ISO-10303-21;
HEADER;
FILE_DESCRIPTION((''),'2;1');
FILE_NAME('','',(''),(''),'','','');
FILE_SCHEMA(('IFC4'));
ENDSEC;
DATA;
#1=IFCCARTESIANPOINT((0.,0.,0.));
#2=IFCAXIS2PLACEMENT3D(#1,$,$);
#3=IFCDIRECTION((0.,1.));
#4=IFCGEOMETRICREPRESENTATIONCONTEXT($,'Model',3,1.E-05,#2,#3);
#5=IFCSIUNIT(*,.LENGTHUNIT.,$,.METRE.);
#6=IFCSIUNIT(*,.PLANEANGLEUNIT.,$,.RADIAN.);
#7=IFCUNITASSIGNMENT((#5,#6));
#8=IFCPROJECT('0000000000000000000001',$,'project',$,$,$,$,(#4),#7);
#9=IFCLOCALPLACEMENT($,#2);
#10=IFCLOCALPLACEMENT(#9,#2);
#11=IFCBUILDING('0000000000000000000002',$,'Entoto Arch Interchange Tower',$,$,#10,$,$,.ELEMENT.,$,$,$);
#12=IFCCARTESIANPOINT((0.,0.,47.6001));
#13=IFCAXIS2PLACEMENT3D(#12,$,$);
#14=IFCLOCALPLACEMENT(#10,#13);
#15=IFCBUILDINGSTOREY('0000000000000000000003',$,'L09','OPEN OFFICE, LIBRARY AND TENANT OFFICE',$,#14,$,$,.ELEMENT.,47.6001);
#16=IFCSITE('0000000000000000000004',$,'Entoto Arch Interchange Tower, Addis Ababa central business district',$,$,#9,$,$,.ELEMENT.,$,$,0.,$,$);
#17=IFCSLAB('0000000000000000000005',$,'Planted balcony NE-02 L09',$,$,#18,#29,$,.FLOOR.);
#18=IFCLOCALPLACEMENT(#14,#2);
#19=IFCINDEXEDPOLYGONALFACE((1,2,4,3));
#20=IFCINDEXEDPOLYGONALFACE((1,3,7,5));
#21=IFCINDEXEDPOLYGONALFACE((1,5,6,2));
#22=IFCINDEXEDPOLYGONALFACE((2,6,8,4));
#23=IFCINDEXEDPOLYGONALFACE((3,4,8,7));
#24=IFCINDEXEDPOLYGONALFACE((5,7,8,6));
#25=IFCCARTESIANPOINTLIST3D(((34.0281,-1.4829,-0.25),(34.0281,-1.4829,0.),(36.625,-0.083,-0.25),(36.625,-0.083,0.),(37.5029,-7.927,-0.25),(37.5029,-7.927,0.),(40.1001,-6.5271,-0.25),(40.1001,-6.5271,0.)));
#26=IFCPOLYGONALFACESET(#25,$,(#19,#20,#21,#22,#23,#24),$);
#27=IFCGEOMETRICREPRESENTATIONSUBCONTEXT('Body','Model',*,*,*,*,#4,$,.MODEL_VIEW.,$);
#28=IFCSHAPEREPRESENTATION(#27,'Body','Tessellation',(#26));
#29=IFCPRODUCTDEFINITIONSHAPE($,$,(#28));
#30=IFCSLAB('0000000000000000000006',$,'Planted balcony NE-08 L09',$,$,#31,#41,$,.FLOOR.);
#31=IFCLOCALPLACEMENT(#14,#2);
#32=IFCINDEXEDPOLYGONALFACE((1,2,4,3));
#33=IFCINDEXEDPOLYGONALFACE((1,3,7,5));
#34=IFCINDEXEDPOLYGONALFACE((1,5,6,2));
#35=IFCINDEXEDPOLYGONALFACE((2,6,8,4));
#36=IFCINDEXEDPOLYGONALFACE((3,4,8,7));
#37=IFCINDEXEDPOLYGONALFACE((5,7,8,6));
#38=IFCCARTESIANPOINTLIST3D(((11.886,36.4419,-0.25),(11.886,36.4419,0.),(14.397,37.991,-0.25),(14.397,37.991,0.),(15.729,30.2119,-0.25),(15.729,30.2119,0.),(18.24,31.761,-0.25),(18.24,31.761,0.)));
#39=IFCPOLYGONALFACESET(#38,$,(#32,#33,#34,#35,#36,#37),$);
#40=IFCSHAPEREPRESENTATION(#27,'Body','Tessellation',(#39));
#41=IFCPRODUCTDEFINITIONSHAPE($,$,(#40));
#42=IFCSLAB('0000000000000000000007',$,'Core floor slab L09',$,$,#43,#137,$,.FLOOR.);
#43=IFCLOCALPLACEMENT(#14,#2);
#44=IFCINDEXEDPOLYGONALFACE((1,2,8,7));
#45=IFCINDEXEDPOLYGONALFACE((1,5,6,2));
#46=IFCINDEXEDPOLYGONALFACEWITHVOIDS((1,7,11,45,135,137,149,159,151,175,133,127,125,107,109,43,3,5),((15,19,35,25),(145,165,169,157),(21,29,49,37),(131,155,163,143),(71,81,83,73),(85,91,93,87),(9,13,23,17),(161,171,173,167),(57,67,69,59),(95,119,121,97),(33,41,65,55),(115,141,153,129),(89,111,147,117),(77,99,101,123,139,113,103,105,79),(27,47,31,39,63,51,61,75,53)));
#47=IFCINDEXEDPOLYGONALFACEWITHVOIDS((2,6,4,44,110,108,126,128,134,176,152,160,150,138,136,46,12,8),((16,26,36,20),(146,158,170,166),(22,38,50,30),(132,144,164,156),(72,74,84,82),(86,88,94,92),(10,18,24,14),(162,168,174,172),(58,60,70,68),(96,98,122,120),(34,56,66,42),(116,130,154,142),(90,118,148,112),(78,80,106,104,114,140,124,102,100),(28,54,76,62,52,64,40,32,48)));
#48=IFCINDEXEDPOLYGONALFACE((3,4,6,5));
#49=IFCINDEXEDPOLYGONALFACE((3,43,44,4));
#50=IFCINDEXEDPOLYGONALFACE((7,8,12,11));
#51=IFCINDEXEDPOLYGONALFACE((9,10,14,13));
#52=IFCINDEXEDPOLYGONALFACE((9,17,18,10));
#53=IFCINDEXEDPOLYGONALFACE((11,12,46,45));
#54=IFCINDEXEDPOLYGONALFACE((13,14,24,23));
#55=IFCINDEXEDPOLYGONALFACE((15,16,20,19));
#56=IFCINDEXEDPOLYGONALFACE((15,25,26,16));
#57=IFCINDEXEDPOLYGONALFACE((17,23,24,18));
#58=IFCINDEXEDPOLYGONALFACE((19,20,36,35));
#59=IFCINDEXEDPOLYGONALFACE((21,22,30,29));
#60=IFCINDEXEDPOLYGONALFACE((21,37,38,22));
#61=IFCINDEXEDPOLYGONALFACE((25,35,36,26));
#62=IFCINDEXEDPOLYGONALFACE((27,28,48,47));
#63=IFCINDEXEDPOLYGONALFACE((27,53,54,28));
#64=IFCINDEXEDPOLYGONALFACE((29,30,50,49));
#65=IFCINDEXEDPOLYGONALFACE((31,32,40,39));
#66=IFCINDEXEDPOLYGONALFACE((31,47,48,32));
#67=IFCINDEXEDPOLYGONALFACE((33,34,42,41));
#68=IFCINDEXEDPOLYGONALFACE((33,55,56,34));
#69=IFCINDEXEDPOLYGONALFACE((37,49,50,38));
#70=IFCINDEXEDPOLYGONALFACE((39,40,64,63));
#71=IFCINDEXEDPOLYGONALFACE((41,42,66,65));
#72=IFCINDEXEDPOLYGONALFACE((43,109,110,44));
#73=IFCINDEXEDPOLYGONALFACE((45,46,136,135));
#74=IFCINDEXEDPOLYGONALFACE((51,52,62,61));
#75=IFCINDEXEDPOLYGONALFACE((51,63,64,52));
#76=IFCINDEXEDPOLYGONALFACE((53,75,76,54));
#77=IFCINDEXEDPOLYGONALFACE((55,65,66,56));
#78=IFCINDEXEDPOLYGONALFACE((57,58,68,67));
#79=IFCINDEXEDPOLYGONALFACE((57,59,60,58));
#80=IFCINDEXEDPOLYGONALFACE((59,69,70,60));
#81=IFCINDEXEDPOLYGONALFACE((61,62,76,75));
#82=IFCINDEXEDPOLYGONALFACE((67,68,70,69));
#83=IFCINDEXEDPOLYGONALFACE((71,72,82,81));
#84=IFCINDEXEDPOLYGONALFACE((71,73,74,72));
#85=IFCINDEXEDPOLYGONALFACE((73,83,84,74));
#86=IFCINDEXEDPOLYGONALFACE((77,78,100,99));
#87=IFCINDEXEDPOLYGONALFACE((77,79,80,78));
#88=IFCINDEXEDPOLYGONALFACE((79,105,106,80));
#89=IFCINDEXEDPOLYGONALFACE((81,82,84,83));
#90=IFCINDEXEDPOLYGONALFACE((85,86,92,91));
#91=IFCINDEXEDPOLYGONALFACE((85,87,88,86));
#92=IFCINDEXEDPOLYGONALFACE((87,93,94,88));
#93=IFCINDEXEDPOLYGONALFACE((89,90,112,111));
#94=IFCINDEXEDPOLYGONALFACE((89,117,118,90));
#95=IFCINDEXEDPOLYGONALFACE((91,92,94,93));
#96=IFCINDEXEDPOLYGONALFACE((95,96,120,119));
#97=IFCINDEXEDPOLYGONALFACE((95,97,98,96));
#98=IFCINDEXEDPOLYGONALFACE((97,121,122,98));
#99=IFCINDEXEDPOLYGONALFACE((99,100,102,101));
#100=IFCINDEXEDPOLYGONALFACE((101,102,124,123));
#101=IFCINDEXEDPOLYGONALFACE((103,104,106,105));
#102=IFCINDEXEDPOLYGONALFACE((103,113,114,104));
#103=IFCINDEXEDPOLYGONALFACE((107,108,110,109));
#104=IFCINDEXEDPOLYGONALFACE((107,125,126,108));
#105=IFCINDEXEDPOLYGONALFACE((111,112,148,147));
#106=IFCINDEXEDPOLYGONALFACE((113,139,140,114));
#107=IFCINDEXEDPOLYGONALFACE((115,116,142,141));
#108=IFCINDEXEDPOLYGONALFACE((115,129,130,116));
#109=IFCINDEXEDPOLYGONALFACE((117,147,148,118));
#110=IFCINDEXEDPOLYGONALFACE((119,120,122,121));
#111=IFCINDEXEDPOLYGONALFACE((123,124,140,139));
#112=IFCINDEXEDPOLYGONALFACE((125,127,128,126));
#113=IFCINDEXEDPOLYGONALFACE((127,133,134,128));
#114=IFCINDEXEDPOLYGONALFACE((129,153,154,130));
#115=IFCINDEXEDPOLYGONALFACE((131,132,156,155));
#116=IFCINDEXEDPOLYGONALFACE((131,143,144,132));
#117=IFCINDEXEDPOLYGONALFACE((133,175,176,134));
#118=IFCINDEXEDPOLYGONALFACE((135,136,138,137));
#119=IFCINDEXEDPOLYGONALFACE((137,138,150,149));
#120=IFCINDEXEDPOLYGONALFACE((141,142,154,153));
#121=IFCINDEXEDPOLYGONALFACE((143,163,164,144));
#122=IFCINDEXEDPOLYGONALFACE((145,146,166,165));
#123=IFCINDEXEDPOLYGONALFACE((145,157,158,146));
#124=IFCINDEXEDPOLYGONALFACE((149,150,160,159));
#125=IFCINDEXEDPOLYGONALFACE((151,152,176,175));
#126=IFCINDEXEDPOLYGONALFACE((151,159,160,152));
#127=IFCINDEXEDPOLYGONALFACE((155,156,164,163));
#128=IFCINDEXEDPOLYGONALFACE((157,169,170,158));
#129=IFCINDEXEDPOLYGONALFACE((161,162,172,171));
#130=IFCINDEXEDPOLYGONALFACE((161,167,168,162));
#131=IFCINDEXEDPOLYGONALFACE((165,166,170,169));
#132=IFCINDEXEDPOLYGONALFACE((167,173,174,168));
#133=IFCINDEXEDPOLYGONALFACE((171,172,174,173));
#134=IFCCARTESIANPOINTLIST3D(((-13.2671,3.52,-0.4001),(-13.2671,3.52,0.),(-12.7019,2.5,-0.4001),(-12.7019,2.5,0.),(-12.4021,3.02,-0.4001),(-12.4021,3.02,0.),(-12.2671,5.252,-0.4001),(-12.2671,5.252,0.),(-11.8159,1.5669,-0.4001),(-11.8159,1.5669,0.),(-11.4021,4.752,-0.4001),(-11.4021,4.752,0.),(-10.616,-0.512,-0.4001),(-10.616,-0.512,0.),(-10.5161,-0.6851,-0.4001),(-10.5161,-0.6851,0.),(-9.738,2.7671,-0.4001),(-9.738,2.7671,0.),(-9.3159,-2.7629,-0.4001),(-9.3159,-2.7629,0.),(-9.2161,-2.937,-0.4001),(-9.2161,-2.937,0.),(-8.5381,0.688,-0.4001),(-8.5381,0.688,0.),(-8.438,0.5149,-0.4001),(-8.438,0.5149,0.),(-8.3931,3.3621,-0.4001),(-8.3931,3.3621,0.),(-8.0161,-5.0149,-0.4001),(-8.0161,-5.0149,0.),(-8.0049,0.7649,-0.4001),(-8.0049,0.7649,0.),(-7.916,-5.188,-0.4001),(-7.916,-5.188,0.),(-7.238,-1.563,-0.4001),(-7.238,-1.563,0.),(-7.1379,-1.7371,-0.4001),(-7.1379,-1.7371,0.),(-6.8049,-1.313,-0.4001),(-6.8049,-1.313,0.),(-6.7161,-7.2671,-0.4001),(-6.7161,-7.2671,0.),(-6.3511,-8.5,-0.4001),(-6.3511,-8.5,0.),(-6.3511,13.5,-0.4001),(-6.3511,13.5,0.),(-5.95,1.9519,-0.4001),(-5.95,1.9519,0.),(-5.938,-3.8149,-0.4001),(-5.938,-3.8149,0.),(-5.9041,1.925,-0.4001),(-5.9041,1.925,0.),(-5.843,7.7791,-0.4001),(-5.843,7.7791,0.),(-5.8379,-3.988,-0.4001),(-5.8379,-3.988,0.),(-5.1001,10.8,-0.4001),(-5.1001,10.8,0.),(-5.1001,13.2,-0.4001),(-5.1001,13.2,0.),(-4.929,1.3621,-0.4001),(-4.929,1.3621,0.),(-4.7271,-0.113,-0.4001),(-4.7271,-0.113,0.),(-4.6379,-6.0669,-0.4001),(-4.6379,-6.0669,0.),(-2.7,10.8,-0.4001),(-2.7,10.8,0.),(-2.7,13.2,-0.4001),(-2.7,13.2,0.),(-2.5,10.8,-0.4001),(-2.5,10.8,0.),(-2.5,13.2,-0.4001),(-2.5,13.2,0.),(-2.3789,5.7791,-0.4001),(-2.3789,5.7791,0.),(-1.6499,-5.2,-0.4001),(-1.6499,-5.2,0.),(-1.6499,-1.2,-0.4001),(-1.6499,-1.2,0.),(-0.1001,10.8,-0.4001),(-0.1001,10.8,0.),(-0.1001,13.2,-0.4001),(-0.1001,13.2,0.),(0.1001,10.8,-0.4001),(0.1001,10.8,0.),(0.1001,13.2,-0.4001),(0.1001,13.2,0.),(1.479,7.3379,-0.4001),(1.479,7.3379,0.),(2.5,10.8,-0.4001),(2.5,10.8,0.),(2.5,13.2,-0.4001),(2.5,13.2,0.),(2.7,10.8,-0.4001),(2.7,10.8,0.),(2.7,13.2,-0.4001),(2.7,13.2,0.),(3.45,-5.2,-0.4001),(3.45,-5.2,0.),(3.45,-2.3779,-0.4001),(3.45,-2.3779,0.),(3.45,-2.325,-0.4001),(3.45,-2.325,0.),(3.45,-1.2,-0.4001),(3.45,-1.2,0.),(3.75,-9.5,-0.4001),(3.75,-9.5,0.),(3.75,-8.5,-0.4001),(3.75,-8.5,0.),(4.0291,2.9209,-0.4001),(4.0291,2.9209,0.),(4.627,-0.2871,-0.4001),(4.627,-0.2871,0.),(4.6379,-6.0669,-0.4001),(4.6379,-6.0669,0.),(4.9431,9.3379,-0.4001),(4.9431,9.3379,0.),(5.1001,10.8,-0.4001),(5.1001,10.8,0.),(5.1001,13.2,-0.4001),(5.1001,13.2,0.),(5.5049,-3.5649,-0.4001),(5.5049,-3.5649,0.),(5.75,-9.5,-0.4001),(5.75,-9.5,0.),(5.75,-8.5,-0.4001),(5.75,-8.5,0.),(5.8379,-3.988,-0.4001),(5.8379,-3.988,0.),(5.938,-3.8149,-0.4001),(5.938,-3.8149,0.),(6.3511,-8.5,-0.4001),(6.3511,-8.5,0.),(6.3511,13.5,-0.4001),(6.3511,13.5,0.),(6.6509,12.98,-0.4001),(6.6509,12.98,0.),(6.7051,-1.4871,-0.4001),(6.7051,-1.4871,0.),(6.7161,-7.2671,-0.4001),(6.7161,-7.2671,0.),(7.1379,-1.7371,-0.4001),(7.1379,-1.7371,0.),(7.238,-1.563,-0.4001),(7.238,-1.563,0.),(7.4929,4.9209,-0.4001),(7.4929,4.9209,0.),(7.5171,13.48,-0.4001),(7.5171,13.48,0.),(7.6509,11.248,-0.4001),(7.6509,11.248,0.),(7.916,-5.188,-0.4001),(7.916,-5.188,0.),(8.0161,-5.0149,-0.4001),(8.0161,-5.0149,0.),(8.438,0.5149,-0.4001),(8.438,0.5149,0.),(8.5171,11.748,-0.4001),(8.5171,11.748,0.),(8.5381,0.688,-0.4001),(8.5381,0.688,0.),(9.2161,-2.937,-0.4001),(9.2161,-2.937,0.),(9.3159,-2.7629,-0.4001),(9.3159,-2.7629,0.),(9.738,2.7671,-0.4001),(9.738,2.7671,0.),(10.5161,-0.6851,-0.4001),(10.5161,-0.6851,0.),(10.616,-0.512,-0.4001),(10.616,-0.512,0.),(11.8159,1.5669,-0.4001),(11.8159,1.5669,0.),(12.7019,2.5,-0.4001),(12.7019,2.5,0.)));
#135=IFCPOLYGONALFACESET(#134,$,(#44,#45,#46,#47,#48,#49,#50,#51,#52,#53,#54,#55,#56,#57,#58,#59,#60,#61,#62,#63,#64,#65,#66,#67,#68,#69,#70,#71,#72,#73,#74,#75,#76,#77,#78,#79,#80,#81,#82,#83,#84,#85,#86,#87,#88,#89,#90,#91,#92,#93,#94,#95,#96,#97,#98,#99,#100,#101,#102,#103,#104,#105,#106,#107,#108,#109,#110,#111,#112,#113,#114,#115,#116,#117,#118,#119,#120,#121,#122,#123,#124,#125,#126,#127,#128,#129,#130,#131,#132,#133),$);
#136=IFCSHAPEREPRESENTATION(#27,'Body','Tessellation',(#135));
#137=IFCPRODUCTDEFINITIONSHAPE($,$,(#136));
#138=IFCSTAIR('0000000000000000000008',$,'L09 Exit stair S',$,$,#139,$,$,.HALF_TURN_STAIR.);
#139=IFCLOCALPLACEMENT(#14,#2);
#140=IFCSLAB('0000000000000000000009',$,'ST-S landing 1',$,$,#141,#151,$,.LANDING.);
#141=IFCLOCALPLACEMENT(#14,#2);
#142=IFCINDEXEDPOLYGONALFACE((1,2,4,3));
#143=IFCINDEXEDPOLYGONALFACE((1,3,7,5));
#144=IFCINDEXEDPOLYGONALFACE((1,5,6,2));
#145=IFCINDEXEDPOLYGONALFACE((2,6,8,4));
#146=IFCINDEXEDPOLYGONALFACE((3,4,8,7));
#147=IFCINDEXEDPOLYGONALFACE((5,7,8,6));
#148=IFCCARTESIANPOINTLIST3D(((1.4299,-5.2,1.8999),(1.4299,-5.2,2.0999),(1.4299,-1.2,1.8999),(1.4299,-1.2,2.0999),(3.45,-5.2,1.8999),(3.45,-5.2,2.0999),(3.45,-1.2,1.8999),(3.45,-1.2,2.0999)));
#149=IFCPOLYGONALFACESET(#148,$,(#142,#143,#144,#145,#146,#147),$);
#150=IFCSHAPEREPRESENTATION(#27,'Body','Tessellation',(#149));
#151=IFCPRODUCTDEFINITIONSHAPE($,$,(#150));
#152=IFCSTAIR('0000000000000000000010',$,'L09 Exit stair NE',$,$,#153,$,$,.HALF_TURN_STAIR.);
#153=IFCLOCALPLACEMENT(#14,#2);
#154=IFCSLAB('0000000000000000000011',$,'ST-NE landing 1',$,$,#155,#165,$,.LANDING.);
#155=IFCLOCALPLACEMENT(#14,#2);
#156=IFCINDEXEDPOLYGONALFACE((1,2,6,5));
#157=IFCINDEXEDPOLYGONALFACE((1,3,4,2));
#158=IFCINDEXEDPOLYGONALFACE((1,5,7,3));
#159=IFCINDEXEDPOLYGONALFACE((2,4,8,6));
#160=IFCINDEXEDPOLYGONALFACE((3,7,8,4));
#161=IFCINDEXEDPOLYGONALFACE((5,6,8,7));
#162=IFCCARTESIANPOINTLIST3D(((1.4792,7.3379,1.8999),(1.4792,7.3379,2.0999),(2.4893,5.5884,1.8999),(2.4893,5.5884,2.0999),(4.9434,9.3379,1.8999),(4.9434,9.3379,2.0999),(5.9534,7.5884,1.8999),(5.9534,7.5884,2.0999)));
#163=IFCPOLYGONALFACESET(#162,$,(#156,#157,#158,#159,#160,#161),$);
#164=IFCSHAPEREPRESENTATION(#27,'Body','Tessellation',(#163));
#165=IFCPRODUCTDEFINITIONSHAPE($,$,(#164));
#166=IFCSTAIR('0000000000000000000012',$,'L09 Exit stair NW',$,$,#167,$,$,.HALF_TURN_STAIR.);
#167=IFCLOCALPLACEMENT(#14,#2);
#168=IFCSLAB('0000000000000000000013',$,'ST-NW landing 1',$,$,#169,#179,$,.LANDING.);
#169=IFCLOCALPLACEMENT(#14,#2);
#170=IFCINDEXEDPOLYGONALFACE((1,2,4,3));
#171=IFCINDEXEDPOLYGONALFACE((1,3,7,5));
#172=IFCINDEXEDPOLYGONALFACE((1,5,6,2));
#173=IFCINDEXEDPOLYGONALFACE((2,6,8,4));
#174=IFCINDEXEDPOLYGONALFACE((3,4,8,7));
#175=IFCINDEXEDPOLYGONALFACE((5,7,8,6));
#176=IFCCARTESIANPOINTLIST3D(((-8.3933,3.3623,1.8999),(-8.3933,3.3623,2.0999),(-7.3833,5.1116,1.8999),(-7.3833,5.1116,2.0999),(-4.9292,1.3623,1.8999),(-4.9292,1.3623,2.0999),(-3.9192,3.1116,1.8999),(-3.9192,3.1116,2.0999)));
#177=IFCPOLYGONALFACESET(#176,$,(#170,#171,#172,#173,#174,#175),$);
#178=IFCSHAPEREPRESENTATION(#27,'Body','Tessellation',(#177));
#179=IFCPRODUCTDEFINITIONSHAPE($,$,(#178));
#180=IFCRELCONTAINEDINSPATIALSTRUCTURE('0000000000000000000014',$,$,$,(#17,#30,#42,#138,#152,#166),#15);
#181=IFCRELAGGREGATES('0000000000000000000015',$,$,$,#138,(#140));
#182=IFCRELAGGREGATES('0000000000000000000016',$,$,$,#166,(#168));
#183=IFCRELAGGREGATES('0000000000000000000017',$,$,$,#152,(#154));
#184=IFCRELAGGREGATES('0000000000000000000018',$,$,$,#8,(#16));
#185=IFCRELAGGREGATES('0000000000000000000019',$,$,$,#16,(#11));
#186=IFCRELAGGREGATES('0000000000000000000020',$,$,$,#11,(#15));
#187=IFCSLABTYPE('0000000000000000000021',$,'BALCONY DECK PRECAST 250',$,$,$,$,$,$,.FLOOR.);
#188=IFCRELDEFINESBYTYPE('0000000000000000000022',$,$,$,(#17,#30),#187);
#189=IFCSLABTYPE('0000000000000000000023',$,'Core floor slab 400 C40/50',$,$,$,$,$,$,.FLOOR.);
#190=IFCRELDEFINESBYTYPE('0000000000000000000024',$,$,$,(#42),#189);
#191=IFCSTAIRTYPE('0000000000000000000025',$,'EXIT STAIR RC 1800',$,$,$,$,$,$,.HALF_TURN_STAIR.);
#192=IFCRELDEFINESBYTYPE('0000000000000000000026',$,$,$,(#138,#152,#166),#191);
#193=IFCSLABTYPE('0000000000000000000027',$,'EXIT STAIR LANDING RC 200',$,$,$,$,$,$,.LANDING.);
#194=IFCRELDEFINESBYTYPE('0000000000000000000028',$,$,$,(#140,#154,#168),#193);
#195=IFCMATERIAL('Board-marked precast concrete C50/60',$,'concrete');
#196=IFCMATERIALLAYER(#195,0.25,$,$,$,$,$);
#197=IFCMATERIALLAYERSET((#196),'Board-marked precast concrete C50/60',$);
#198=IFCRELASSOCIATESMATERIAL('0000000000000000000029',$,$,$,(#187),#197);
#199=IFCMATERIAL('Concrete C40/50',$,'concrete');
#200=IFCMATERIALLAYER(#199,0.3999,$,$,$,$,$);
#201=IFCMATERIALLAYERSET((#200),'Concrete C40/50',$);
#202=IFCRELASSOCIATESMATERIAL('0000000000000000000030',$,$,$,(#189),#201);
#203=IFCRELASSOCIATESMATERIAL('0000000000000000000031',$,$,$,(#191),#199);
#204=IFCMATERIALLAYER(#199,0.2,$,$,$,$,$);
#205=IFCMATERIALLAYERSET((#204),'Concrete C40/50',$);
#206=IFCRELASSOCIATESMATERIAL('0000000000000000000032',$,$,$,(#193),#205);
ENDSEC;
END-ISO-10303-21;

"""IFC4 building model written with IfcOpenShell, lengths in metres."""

from ifc_helpers import new_model, si_unit, direction, frame, origin, place, context, subcontext, project, spatial, polyline, outline, extrude, material, layer, layer_set, type_object, element, aggregate, save


model = new_model("IFC4")

# Units and contexts
model_context = context("Model", 3, precision=1e-05, world=origin(), true_north=direction((0.0, 1.0)))
body_context = subcontext(model_context, "Body", "Model", "MODEL_VIEW")
ifc_project = project(units=[si_unit("LENGTHUNIT", "METRE"), si_unit("PLANEANGLEUNIT", "RADIAN")], contexts=[model_context])

# Site, building, storey
site_placement = place(None, origin())
site = spatial("IfcSite", under=ifc_project, at=site_placement, Name="Entoto Arch Interchange Tower, Addis Ababa central business district", CompositionType="ELEMENT", RefElevation=0.0)
building_placement = place(site_placement, origin())
building = spatial("IfcBuilding", under=site, at=building_placement, Name="Entoto Arch Interchange Tower", CompositionType="ELEMENT")
storey_placement = place(building_placement, frame((0.0, 0.0, 47.6001)))
storey = spatial("IfcBuildingStorey", under=building, at=storey_placement, Name="L09", Description="OPEN OFFICE, LIBRARY AND TENANT OFFICE", CompositionType="ELEMENT", Elevation=47.6001)

# Slabs
ifc_material_1 = material(Name="Board-marked precast concrete C50/60", Category="concrete")
ifc_layer_1 = layer(ifc_material_1, 0.25)
ifc_layer_set_1 = layer_set([ifc_layer_1], Name="Board-marked precast concrete C50/60")
slab_type_1 = type_object("IfcSlabType", Name="BALCONY DECK PRECAST 250", PredefinedType="FLOOR", material=ifc_layer_set_1)
slab_1_placement = place(storey_placement, frame((0.0, 0.0, -0.25)))
element("IfcSlab", 1, at=slab_1_placement, inside=storey, type_object=slab_type_1, Name="Planted balcony NE-02 L09", PredefinedType="FLOOR", context=body_context, shape_type="SweptSolid", body=[
    extrude(outline(polyline([(37.5029, -7.927), (34.0281, -1.4829), (36.625, -0.083), (40.1001, -6.5271), (37.5029, -7.927)])), origin(), (0.0, 0.0, 1.0), 0.25),
])
slab_2_placement = place(storey_placement, frame((0.0, 0.0, -0.25)))
element("IfcSlab", 2, at=slab_2_placement, inside=storey, type_object=slab_type_1, Name="Planted balcony NE-08 L09", PredefinedType="FLOOR", context=body_context, shape_type="SweptSolid", body=[
    extrude(outline(polyline([(15.729, 30.2119), (11.886, 36.4419), (14.397, 37.991), (18.24, 31.761), (15.729, 30.2119)])), origin(), (0.0, 0.0, 1.0), 0.25),
])
ifc_material_2 = material(Name="Concrete C40/50", Category="concrete")
ifc_layer_2 = layer(ifc_material_2, 0.3999)
ifc_layer_set_2 = layer_set([ifc_layer_2], Name="Concrete C40/50")
slab_type_2 = type_object("IfcSlabType", Name="Core floor slab 400 C40/50", PredefinedType="FLOOR", material=ifc_layer_set_2)
slab_3_placement = place(storey_placement, frame((0.0, 0.0, -0.4001)))
element("IfcSlab", 3, at=slab_3_placement, inside=storey, type_object=slab_type_2, Name="Core floor slab L09", PredefinedType="FLOOR", context=body_context, shape_type="SweptSolid", body=[
    extrude(outline(polyline([(5.75, -9.5), (3.75, -9.5), (3.75, -8.5), (-6.3511, -8.5), (-12.7019, 2.5), (-12.4021, 3.02), (-13.2671, 3.52), (-12.2671, 5.252), (-11.4021, 4.752), (-6.3511, 13.5), (6.3511, 13.5), (6.6509, 12.98), (7.5171, 13.48), (8.5171, 11.748), (7.6509, 11.248), (12.7019, 2.5), (6.3511, -8.5), (5.75, -8.5), (5.75, -9.5)]), holes=[polyline([(-4.6379, -6.0669), (-5.8379, -3.988), (-7.916, -5.188), (-6.7161, -7.2671), (-4.6379, -6.0669)]), polyline([(-5.938, -3.8149), (-7.1379, -1.7371), (-9.2161, -2.937), (-8.0161, -5.0149), (-5.938, -3.8149)]), polyline([(5.5049, -3.5649), (6.7051, -1.4871), (4.627, -0.2871), (3.45, -2.325), (3.45, -1.2), (-1.6499, -1.2), (-1.6499, -5.2), (3.45, -5.2), (3.45, -2.3779), (5.5049, -3.5649)]), polyline([(-7.238, -1.563), (-8.438, 0.5149), (-10.5161, -0.6851), (-9.3159, -2.7629), (-7.238, -1.563)]), polyline([(-4.7271, -0.113), (-5.9041, 1.925), (-4.929, 1.3621), (-2.3789, 5.7791), (-5.843, 7.7791), (-8.3931, 3.3621), (-5.95, 1.9519), (-8.0049, 0.7649), (-6.8049, -1.313), (-4.7271, -0.113)]), polyline([(-8.5381, 0.688), (-9.738, 2.7671), (-11.8159, 1.5669), (-10.616, -0.512), (-8.5381, 0.688)]), polyline([(-5.1001, 10.8), (-2.7, 10.8), (-2.7, 13.2), (-5.1001, 13.2), (-5.1001, 10.8)]), polyline([(-2.5, 10.8), (-0.1001, 10.8), (-0.1001, 13.2), (-2.5, 13.2), (-2.5, 10.8)]), polyline([(5.8379, -3.988), (4.6379, -6.0669), (6.7161, -7.2671), (7.916, -5.188), (5.8379, -3.988)]), polyline([(7.1379, -1.7371), (5.938, -3.8149), (8.0161, -5.0149), (9.2161, -2.937), (7.1379, -1.7371)]), polyline([(8.438, 0.5149), (7.238, -1.563), (9.3159, -2.7629), (10.5161, -0.6851), (8.438, 0.5149)]), polyline([(9.738, 2.7671), (8.5381, 0.688), (10.616, -0.512), (11.8159, 1.5669), (9.738, 2.7671)]), polyline([(4.0291, 2.9209), (7.4929, 4.9209), (4.9431, 9.3379), (1.479, 7.3379), (4.0291, 2.9209)]), polyline([(0.1001, 13.2), (0.1001, 10.8), (2.5, 10.8), (2.5, 13.2), (0.1001, 13.2)]), polyline([(2.7, 13.2), (2.7, 10.8), (5.1001, 10.8), (5.1001, 13.2), (2.7, 13.2)])]), origin(), (0.0, 0.0, 1.0), 0.4001),
])

# Stairs, slabs
stair_type = type_object("IfcStairType", Name="EXIT STAIR RC 1800", PredefinedType="HALF_TURN_STAIR", material=ifc_material_2)
stair_1_placement = place(storey_placement, origin())
stair_1 = element("IfcStair", 4, at=stair_1_placement, inside=storey, type_object=stair_type, Name="L09 Exit stair S", PredefinedType="HALF_TURN_STAIR")
ifc_layer_3 = layer(ifc_material_2, 0.2)
ifc_layer_set_3 = layer_set([ifc_layer_3], Name="Concrete C40/50")
slab_type_3 = type_object("IfcSlabType", Name="EXIT STAIR LANDING RC 200", PredefinedType="LANDING", material=ifc_layer_set_3)
slab_4_placement = place(storey_placement, frame((0.0, 0.0, 1.8999)))
slab_4 = element("IfcSlab", 5, at=slab_4_placement, type_object=slab_type_3, Name="ST-S landing 1", PredefinedType="LANDING", context=body_context, shape_type="SweptSolid", body=[
    extrude(outline(polyline([(1.4299, -5.2), (3.45, -5.2), (3.45, -1.2), (1.4299, -1.2), (1.4299, -5.2)])), origin(), (0.0, 0.0, 1.0), 0.2),
])
aggregate(stair_1, [slab_4])
stair_2_placement = place(storey_placement, origin())
stair_2 = element("IfcStair", 6, at=stair_2_placement, inside=storey, type_object=stair_type, Name="L09 Exit stair NE", PredefinedType="HALF_TURN_STAIR")
slab_5_placement = place(storey_placement, frame((0.0, 0.0, 1.8999)))
slab_5 = element("IfcSlab", 7, at=slab_5_placement, type_object=slab_type_3, Name="ST-NE landing 1", PredefinedType="LANDING", context=body_context, shape_type="SweptSolid", body=[
    extrude(outline(polyline([(5.9534, 7.5884), (4.9434, 9.3379), (1.4792, 7.3379), (2.4893, 5.5884), (5.9534, 7.5884)])), origin(), (0.0, 0.0, 1.0), 0.2),
])
stair_3_placement = place(storey_placement, origin())
stair_3 = element("IfcStair", 8, at=stair_3_placement, inside=storey, type_object=stair_type, Name="L09 Exit stair NW", PredefinedType="HALF_TURN_STAIR")
slab_6_placement = place(storey_placement, frame((0.0, 0.0, 1.8999)))
slab_6 = element("IfcSlab", 9, at=slab_6_placement, type_object=slab_type_3, Name="ST-NW landing 1", PredefinedType="LANDING", context=body_context, shape_type="SweptSolid", body=[
    extrude(outline(polyline([(-7.3833, 5.1116), (-8.3933, 3.3623), (-4.9292, 1.3623), (-3.9192, 3.1116), (-7.3833, 5.1116)])), origin(), (0.0, 0.0, 1.0), 0.2),
])
aggregate(stair_3, [slab_6])

aggregate(stair_2, [slab_5])

save(model, "model.ifc")
